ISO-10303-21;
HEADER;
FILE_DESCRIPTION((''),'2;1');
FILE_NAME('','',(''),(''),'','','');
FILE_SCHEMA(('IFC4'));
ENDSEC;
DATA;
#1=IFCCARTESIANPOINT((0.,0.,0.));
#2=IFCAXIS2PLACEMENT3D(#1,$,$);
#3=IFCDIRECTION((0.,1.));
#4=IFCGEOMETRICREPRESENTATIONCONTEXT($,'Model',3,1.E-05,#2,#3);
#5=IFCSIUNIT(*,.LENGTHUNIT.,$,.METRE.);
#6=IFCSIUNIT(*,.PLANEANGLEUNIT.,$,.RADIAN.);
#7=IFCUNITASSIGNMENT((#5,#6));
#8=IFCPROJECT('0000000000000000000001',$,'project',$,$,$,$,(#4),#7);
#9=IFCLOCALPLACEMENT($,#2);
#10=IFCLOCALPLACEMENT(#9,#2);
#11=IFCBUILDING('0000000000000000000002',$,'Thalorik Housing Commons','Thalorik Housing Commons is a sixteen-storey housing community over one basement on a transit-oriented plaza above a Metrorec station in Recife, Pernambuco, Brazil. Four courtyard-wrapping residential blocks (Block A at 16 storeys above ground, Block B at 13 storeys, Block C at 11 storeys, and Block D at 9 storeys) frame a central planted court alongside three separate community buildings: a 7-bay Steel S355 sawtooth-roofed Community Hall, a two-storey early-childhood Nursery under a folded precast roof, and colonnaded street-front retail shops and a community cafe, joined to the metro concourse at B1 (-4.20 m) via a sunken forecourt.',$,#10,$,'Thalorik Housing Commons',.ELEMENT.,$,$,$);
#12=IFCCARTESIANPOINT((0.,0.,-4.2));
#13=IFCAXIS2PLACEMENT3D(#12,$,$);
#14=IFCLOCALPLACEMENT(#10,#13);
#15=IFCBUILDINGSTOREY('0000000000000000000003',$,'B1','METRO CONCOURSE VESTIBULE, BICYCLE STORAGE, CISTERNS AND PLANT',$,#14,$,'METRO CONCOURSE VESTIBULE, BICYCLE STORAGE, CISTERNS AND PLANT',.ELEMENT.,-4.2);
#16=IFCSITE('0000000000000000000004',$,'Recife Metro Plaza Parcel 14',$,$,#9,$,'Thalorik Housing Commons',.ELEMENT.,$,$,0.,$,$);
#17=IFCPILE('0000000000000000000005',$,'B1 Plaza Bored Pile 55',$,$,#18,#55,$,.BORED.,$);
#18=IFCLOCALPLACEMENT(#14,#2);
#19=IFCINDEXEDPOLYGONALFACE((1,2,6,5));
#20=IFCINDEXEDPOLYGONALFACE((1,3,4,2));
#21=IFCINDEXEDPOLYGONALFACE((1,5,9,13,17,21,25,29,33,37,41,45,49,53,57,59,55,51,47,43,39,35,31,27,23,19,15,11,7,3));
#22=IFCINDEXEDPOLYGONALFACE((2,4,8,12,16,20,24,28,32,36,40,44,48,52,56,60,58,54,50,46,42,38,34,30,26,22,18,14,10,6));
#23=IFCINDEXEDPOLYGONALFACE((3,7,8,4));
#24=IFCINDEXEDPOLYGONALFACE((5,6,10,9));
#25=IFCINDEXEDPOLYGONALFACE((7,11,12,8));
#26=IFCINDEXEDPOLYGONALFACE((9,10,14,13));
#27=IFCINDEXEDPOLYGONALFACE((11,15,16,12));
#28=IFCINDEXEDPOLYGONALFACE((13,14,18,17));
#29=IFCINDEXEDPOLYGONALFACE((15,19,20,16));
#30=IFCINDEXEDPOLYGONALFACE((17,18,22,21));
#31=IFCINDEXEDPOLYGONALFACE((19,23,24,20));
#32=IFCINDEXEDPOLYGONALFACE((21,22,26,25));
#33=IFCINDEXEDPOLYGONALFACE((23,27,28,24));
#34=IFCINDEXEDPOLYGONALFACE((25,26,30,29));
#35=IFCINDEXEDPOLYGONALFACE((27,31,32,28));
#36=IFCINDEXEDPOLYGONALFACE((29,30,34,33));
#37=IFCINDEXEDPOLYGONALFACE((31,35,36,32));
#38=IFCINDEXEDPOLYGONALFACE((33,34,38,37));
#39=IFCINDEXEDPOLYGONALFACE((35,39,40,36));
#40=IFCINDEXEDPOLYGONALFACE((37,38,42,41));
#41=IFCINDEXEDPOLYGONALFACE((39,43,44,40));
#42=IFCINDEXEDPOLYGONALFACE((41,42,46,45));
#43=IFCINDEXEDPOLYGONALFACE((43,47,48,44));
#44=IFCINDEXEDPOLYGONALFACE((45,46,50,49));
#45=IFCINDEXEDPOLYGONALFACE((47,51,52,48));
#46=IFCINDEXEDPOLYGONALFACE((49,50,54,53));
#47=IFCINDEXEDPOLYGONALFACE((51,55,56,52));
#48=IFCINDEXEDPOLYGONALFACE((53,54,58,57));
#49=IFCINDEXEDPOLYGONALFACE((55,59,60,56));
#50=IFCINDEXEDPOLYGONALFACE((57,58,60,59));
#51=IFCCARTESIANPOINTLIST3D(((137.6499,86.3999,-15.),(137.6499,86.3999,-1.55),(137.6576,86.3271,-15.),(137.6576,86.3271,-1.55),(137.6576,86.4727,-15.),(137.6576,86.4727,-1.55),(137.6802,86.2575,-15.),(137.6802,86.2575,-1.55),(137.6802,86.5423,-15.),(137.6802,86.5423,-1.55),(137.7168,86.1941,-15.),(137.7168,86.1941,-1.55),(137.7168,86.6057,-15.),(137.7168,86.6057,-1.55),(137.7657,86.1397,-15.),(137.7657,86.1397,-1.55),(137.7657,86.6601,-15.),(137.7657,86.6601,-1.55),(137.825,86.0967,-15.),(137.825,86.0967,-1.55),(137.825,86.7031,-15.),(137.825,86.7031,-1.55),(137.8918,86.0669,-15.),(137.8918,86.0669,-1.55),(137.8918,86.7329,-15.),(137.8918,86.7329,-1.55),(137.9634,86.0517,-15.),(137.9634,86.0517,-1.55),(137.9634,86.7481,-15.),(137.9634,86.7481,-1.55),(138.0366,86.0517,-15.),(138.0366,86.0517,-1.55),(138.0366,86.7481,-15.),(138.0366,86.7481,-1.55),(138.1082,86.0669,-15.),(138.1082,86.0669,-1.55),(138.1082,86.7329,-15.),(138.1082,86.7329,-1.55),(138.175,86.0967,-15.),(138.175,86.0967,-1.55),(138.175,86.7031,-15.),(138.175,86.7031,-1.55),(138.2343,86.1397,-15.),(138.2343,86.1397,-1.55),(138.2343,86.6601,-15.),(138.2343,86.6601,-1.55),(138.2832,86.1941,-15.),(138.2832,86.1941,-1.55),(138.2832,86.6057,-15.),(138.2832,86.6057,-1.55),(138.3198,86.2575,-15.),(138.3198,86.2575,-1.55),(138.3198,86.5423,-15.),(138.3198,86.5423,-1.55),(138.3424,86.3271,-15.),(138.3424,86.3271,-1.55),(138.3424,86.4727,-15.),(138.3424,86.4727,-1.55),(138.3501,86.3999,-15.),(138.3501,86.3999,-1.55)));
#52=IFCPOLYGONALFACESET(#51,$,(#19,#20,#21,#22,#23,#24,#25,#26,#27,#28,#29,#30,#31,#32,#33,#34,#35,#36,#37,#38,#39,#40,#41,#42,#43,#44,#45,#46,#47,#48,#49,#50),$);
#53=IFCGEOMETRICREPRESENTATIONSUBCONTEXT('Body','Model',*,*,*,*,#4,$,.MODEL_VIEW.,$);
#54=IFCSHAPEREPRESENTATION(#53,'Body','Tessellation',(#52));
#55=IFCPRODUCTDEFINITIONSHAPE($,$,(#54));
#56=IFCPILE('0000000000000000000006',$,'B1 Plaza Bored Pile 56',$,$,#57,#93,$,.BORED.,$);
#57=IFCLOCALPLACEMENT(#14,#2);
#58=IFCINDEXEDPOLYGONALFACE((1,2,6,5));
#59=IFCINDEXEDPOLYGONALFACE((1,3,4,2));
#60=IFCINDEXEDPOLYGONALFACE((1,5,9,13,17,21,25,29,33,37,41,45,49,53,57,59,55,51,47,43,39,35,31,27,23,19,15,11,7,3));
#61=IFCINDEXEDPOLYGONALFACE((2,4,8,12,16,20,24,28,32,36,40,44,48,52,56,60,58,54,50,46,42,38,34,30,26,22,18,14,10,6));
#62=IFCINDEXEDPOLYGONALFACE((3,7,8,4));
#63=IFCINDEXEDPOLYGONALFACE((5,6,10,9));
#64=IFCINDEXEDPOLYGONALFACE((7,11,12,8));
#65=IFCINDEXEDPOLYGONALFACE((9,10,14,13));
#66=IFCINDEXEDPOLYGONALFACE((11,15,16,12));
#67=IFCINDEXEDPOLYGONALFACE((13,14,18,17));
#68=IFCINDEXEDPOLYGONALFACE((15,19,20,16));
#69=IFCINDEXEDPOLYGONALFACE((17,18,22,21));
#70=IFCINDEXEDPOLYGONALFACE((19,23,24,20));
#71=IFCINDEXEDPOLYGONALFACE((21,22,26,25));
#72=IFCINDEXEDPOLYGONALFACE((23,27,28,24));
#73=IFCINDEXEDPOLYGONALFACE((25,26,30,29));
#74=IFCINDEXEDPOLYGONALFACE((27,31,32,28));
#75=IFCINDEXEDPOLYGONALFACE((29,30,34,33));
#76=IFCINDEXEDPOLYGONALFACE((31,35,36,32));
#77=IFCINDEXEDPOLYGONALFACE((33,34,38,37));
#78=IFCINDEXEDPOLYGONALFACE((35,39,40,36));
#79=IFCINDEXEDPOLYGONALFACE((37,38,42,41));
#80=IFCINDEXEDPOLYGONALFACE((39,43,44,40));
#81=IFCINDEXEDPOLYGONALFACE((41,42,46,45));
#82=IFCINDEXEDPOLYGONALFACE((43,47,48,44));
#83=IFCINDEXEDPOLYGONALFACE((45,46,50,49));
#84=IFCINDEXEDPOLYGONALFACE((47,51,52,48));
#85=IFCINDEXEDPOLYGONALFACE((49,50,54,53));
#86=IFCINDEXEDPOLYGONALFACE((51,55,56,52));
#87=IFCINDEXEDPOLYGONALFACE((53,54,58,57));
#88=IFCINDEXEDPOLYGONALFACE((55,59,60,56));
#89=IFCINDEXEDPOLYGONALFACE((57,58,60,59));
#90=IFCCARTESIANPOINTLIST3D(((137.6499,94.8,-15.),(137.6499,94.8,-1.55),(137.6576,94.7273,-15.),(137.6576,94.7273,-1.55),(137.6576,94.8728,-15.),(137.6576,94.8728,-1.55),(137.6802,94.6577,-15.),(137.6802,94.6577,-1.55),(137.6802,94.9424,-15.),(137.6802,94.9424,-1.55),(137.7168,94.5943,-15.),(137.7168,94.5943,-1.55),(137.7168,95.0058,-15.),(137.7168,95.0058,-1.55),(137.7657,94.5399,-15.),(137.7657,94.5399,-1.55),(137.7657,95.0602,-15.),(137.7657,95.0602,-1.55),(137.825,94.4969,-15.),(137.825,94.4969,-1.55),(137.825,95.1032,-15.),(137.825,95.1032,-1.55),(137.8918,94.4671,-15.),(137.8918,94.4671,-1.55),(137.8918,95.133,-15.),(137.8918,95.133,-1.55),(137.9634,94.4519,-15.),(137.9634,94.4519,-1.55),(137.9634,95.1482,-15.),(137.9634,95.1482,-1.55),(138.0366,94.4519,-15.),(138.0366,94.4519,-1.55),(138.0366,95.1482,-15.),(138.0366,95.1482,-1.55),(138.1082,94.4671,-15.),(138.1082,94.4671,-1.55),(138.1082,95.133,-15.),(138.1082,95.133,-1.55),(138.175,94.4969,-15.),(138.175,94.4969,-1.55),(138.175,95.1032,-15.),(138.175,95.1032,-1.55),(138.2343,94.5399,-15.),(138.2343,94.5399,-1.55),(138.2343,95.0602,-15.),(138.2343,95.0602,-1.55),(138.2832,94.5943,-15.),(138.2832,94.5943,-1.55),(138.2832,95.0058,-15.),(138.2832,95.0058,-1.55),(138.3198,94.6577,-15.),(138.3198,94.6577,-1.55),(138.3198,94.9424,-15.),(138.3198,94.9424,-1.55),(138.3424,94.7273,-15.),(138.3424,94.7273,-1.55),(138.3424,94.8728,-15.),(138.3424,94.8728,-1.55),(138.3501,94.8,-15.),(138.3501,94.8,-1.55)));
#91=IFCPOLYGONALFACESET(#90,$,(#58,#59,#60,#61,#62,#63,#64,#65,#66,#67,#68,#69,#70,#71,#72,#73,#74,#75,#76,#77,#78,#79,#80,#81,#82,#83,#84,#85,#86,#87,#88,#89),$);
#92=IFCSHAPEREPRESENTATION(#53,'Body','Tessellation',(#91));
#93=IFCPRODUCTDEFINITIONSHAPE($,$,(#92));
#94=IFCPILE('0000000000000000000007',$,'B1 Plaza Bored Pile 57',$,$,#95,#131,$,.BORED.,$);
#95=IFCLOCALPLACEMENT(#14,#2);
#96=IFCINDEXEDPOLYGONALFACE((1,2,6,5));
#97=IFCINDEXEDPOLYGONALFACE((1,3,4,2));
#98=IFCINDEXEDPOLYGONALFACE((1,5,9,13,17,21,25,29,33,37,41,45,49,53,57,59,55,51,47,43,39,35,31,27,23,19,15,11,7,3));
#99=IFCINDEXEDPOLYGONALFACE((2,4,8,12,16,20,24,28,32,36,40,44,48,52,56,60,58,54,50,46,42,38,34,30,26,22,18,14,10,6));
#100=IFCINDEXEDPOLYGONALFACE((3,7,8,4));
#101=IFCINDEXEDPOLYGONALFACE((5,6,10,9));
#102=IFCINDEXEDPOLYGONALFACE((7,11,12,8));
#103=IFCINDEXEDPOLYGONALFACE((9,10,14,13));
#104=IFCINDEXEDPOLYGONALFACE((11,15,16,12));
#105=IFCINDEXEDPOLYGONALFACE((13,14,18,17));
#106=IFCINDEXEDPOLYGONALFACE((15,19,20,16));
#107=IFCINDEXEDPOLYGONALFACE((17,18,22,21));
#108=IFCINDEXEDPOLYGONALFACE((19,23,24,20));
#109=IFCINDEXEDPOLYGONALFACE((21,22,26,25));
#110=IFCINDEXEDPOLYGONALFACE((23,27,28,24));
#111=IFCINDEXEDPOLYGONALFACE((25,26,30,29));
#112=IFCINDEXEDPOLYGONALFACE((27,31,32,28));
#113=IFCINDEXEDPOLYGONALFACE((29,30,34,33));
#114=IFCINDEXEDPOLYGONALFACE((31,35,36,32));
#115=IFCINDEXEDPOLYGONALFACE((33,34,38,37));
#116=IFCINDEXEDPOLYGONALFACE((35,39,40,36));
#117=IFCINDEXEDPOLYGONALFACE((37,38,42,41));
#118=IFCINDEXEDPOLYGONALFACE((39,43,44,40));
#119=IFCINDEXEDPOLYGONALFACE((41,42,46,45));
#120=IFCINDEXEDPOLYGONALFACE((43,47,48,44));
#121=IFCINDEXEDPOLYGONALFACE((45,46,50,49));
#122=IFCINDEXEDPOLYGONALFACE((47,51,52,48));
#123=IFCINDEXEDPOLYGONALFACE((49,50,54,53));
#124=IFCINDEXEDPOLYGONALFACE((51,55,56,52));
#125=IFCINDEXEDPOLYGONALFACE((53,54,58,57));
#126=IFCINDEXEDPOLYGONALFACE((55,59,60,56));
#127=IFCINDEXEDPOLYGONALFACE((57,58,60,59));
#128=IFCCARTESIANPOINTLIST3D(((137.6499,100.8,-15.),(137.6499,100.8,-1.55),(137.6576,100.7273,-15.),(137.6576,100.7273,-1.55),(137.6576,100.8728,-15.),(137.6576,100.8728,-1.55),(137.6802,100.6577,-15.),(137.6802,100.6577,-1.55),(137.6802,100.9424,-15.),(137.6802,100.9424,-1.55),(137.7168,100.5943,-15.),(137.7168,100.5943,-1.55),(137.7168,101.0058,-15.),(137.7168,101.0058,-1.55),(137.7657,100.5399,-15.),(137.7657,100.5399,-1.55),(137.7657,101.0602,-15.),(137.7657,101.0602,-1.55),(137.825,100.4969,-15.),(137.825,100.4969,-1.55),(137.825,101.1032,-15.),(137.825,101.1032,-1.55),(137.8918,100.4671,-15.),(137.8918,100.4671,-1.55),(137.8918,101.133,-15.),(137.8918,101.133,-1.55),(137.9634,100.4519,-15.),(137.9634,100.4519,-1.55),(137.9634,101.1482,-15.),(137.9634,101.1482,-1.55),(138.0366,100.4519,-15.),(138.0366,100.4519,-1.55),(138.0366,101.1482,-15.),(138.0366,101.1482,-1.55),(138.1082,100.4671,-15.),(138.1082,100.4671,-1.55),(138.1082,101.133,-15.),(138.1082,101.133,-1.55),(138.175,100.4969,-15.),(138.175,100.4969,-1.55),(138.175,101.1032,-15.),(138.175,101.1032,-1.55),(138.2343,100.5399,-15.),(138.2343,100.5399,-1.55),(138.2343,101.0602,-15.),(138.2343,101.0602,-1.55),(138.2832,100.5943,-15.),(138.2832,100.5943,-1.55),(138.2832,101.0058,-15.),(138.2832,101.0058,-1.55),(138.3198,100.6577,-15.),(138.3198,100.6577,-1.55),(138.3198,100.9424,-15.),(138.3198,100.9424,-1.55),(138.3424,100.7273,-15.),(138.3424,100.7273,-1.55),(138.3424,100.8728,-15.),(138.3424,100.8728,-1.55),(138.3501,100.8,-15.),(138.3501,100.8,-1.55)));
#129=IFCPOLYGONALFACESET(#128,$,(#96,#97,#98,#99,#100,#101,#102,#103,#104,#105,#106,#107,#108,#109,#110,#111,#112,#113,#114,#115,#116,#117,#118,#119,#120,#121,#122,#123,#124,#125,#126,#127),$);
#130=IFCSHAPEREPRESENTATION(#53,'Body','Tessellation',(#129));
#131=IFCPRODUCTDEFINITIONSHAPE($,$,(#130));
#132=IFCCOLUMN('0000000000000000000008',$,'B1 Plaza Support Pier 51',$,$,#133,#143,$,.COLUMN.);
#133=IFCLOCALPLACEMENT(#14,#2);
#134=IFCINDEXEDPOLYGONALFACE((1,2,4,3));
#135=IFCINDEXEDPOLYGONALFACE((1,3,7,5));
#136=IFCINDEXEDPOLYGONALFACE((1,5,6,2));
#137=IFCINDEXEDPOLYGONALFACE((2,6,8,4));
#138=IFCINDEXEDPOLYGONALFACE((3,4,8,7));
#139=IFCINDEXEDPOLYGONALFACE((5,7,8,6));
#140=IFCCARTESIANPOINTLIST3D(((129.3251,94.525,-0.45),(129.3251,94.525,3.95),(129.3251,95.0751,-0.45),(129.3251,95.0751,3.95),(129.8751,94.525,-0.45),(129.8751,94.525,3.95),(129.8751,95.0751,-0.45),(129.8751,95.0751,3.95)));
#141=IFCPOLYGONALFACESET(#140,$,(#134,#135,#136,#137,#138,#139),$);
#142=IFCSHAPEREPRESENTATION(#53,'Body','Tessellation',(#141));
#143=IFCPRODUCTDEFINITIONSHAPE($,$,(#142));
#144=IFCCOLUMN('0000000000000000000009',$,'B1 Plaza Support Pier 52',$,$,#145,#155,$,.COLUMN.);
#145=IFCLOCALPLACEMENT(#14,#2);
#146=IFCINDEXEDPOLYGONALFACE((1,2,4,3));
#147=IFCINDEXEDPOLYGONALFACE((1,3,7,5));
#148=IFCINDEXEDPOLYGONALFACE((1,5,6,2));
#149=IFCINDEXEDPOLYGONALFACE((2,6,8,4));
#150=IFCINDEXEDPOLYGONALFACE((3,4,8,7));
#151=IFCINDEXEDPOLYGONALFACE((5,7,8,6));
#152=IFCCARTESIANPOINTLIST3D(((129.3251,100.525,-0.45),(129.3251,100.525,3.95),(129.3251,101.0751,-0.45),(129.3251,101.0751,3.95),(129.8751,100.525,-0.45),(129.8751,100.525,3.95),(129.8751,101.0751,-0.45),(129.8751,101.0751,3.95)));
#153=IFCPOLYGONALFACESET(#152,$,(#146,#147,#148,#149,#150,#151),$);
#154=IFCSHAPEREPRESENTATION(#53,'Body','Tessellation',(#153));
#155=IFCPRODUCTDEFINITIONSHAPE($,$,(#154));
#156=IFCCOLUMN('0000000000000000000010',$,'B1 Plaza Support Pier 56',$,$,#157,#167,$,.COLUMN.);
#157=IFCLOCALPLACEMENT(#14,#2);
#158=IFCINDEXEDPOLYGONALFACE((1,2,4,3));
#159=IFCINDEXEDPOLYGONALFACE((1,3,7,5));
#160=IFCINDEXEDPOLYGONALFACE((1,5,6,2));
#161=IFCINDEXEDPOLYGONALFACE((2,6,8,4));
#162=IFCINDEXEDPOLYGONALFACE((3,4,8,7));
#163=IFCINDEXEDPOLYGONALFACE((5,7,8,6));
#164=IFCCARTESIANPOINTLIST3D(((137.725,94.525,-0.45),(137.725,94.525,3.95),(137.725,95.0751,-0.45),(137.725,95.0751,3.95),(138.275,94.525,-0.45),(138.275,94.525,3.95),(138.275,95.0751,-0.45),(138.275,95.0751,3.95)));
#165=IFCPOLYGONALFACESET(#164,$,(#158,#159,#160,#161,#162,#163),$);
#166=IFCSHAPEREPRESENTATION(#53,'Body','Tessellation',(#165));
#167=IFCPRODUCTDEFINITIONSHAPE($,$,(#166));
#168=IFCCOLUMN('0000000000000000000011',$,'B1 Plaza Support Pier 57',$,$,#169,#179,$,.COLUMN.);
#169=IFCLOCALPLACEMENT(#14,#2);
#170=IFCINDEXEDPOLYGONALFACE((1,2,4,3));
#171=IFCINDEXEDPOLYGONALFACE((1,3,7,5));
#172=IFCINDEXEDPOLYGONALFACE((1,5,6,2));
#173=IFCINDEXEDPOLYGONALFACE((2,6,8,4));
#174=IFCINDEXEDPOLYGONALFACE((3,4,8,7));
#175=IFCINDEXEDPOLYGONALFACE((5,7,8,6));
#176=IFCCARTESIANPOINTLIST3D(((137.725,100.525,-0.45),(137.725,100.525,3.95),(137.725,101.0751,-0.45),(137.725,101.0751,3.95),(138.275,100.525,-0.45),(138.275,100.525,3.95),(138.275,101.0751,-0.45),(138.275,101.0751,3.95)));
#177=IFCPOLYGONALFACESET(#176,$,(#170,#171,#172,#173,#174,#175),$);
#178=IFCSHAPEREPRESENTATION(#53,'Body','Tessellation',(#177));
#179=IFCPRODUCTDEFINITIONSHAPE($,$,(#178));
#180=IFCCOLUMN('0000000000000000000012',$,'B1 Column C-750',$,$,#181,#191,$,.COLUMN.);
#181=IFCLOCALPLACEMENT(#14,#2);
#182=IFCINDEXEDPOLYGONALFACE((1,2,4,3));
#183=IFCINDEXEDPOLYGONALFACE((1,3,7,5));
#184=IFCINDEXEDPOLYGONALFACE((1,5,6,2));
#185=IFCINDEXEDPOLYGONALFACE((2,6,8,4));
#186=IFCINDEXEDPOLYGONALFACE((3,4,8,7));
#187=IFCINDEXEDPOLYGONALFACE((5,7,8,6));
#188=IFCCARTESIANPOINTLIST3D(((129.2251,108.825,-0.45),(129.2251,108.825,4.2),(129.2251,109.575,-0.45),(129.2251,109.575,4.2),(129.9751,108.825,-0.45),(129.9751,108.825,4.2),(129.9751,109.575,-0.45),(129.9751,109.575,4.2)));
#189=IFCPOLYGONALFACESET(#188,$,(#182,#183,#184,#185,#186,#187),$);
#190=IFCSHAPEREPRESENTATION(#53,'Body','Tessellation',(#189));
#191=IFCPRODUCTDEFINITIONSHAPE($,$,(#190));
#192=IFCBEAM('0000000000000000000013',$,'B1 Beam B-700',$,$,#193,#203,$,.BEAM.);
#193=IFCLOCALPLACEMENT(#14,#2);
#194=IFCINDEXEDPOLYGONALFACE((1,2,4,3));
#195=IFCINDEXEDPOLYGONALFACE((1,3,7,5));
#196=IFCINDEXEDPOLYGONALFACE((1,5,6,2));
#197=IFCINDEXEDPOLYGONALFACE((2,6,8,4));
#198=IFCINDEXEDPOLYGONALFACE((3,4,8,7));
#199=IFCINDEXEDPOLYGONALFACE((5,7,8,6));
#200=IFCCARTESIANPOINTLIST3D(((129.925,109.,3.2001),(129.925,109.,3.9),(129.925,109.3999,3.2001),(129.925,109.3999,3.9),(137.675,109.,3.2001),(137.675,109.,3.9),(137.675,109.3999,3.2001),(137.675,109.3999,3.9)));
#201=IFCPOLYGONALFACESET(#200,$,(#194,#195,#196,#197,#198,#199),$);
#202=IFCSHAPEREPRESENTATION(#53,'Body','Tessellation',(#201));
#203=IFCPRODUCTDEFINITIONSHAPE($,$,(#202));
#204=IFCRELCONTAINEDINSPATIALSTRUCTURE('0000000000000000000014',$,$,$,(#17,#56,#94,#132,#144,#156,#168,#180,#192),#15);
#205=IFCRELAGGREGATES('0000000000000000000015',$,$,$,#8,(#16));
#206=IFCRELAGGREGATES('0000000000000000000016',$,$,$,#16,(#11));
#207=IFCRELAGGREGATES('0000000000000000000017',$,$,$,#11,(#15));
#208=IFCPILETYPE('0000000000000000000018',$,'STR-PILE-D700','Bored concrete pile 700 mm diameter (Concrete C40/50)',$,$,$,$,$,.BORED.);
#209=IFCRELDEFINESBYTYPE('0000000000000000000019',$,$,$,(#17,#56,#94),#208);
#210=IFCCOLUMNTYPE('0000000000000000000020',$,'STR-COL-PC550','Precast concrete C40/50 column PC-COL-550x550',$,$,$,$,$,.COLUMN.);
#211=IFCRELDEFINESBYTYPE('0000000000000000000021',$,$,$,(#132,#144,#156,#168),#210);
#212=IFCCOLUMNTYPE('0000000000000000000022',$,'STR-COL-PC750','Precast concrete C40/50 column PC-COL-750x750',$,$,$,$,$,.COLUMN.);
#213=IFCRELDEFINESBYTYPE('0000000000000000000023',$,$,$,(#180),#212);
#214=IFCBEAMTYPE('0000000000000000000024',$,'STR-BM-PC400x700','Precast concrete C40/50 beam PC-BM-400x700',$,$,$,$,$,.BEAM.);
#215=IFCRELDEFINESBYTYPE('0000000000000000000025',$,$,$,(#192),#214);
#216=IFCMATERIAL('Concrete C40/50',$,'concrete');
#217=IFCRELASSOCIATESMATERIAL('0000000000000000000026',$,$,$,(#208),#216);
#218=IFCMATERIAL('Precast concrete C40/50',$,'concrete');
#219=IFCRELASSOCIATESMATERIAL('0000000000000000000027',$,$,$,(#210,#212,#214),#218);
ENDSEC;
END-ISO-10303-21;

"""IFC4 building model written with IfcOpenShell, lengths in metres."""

from ifc_helpers import new_model, si_unit, direction, frame, origin, origin_2d, place, context, subcontext, project, spatial, rectangle, circle, extrude, material, material_profile, profile_set, type_object, element, save


model = new_model("IFC4")

# Units and contexts
model_context = context("Model", 3, precision=1e-05, world=origin(), true_north=direction((0.0, 1.0)))
body_context = subcontext(model_context, "Body", "Model", "MODEL_VIEW")
ifc_project = project(units=[si_unit("LENGTHUNIT", "METRE"), si_unit("PLANEANGLEUNIT", "RADIAN")], contexts=[model_context])

# Site, building, storey
site_placement = place(None, origin())
site = spatial("IfcSite", under=ifc_project, at=site_placement, Name="Recife Metro Plaza Parcel 14", LongName="Thalorik Housing Commons", CompositionType="ELEMENT", RefElevation=0.0)
building_placement = place(site_placement, origin())
building = spatial("IfcBuilding", under=site, at=building_placement, Name="Thalorik Housing Commons", Description="Thalorik Housing Commons is a sixteen-storey housing community over one basement on a transit-oriented plaza above a Metrorec station in Recife, Pernambuco, Brazil. Four courtyard-wrapping residential blocks (Block A at 16 storeys above ground, Block B at 13 storeys, Block C at 11 storeys, and Block D at 9 storeys) frame a central planted court alongside three separate community buildings: a 7-bay Steel S355 sawtooth-roofed Community Hall, a two-storey early-childhood Nursery under a folded precast roof, and colonnaded street-front retail shops and a community cafe, joined to the metro concourse at B1 (-4.20 m) via a sunken forecourt.", LongName="Thalorik Housing Commons", CompositionType="ELEMENT")
storey_placement = place(building_placement, frame((0.0, 0.0, -4.2)))
storey = spatial("IfcBuildingStorey", under=building, at=storey_placement, Name="B1", Description="METRO CONCOURSE VESTIBULE, BICYCLE STORAGE, CISTERNS AND PLANT", LongName="METRO CONCOURSE VESTIBULE, BICYCLE STORAGE, CISTERNS AND PLANT", CompositionType="ELEMENT", Elevation=-4.2)

# Shared definitions
ifc_material_1 = material(Name="Concrete C40/50", Category="concrete")

# Piles
ifc_material_profile_1 = material_profile(ifc_material_1, circle(Radius=0.3501, at=origin_2d()), Name="BORED PILE D700", Category="concrete")
ifc_profile_set_1 = profile_set([ifc_material_profile_1], Name="Concrete C40/50")
pile_type = type_object("IfcPileType", Name="STR-PILE-D700", Description="Bored concrete pile 700 mm diameter (Concrete C40/50)", PredefinedType="BORED", material=ifc_profile_set_1)
for number, where, z_axis, x_axis, name in (
    (1, (138.0, 86.3999, -1.55), (0.0, 0.0, -1.0), (1.0, 0.0, 0.0), "B1 Plaza Bored Pile 55"),
    (2, (138.0, 94.8, -1.55), (0.0, 0.0, -1.0), (1.0, 0.0, 0.0), "B1 Plaza Bored Pile 56"),
    (3, (138.0, 100.8, -1.55), (0.0, 0.0, -1.0), (1.0, 0.0, 0.0), "B1 Plaza Bored Pile 57"),
):
    element("IfcPile", number, at=place(storey_placement, frame(where, z_axis=z_axis, x_axis=x_axis)), inside=storey, type_object=pile_type, Name=name, PredefinedType="BORED", context=body_context, shape_type="SweptSolid", body=[
        extrude(circle(Radius=0.3501, at=origin_2d()), origin(), (0.0, 0.0, 1.0), 13.45),
    ])

# Columns
ifc_material_2 = material(Name="Precast concrete C40/50", Category="concrete")
ifc_material_profile_2 = material_profile(ifc_material_2, rectangle(XDim=0.55, YDim=0.55, at=origin_2d()), Name="PC 550x550", Category="concrete")
ifc_profile_set_2 = profile_set([ifc_material_profile_2], Name="Precast concrete C40/50")
column_type_1 = type_object("IfcColumnType", Name="STR-COL-PC550", Description="Precast concrete C40/50 column PC-COL-550x550", PredefinedType="COLUMN", material=ifc_profile_set_2)
for number, where, z_axis, x_axis, name in (
    (4, (129.6001, 94.8, -0.45), (0.0, 0.0, 1.0), (1.0, 0.0, 0.0), "B1 Plaza Support Pier 51"),
    (5, (129.6001, 100.8, -0.45), (0.0, 0.0, 1.0), (1.0, 0.0, 0.0), "B1 Plaza Support Pier 52"),
    (6, (138.0, 94.8, -0.45), (0.0, 0.0, 1.0), (1.0, 0.0, 0.0), "B1 Plaza Support Pier 56"),
    (7, (138.0, 100.8, -0.45), (0.0, 0.0, 1.0), (1.0, 0.0, 0.0), "B1 Plaza Support Pier 57"),
):
    element("IfcColumn", number, at=place(storey_placement, frame(where, z_axis=z_axis, x_axis=x_axis)), inside=storey, type_object=column_type_1, Name=name, PredefinedType="COLUMN", context=body_context, shape_type="SweptSolid", body=[
        extrude(rectangle(XDim=0.55, YDim=0.55, at=origin_2d()), origin(), (0.0, 0.0, 1.0), 4.3999),
    ])
ifc_material_profile_3 = material_profile(ifc_material_2, rectangle(XDim=0.75, YDim=0.75, at=origin_2d()), Name="PC 750x750", Category="concrete")
ifc_profile_set_3 = profile_set([ifc_material_profile_3], Name="Precast concrete C40/50")
column_type_2 = type_object("IfcColumnType", Name="STR-COL-PC750", Description="Precast concrete C40/50 column PC-COL-750x750", PredefinedType="COLUMN", material=ifc_profile_set_3)
column_placement = place(storey_placement, frame((129.6001, 109.2, -0.45), z_axis=(0.0, 0.0, 1.0), x_axis=(1.0, 0.0, 0.0)))
element("IfcColumn", 8, at=column_placement, inside=storey, type_object=column_type_2, Name="B1 Column C-750", PredefinedType="COLUMN", context=body_context, shape_type="SweptSolid", body=[
    extrude(rectangle(XDim=0.75, YDim=0.75, at=origin_2d()), origin(), (0.0, 0.0, 1.0), 4.6499),
])

# Beam
ifc_material_profile_4 = material_profile(ifc_material_2, rectangle(XDim=0.3999, YDim=0.7, at=origin_2d()), Name="PC 400x700", Category="concrete")
ifc_profile_set_4 = profile_set([ifc_material_profile_4], Name="Precast concrete C40/50")
beam_type = type_object("IfcBeamType", Name="STR-BM-PC400x700", Description="Precast concrete C40/50 beam PC-BM-400x700", PredefinedType="BEAM", material=ifc_profile_set_4)
beam_placement = place(storey_placement, frame((129.925, 109.2, 3.55), z_axis=(1.0, 0.0, 0.0), x_axis=(0.0, 1.0, 0.0)))
element("IfcBeam", 9, at=beam_placement, inside=storey, type_object=beam_type, Name="B1 Beam B-700", PredefinedType="BEAM", context=body_context, shape_type="SweptSolid", body=[
    extrude(rectangle(XDim=0.3999, YDim=0.7, at=origin_2d()), origin(), (0.0, 0.0, 1.0), 7.75),
])

save(model, "model.ifc")
